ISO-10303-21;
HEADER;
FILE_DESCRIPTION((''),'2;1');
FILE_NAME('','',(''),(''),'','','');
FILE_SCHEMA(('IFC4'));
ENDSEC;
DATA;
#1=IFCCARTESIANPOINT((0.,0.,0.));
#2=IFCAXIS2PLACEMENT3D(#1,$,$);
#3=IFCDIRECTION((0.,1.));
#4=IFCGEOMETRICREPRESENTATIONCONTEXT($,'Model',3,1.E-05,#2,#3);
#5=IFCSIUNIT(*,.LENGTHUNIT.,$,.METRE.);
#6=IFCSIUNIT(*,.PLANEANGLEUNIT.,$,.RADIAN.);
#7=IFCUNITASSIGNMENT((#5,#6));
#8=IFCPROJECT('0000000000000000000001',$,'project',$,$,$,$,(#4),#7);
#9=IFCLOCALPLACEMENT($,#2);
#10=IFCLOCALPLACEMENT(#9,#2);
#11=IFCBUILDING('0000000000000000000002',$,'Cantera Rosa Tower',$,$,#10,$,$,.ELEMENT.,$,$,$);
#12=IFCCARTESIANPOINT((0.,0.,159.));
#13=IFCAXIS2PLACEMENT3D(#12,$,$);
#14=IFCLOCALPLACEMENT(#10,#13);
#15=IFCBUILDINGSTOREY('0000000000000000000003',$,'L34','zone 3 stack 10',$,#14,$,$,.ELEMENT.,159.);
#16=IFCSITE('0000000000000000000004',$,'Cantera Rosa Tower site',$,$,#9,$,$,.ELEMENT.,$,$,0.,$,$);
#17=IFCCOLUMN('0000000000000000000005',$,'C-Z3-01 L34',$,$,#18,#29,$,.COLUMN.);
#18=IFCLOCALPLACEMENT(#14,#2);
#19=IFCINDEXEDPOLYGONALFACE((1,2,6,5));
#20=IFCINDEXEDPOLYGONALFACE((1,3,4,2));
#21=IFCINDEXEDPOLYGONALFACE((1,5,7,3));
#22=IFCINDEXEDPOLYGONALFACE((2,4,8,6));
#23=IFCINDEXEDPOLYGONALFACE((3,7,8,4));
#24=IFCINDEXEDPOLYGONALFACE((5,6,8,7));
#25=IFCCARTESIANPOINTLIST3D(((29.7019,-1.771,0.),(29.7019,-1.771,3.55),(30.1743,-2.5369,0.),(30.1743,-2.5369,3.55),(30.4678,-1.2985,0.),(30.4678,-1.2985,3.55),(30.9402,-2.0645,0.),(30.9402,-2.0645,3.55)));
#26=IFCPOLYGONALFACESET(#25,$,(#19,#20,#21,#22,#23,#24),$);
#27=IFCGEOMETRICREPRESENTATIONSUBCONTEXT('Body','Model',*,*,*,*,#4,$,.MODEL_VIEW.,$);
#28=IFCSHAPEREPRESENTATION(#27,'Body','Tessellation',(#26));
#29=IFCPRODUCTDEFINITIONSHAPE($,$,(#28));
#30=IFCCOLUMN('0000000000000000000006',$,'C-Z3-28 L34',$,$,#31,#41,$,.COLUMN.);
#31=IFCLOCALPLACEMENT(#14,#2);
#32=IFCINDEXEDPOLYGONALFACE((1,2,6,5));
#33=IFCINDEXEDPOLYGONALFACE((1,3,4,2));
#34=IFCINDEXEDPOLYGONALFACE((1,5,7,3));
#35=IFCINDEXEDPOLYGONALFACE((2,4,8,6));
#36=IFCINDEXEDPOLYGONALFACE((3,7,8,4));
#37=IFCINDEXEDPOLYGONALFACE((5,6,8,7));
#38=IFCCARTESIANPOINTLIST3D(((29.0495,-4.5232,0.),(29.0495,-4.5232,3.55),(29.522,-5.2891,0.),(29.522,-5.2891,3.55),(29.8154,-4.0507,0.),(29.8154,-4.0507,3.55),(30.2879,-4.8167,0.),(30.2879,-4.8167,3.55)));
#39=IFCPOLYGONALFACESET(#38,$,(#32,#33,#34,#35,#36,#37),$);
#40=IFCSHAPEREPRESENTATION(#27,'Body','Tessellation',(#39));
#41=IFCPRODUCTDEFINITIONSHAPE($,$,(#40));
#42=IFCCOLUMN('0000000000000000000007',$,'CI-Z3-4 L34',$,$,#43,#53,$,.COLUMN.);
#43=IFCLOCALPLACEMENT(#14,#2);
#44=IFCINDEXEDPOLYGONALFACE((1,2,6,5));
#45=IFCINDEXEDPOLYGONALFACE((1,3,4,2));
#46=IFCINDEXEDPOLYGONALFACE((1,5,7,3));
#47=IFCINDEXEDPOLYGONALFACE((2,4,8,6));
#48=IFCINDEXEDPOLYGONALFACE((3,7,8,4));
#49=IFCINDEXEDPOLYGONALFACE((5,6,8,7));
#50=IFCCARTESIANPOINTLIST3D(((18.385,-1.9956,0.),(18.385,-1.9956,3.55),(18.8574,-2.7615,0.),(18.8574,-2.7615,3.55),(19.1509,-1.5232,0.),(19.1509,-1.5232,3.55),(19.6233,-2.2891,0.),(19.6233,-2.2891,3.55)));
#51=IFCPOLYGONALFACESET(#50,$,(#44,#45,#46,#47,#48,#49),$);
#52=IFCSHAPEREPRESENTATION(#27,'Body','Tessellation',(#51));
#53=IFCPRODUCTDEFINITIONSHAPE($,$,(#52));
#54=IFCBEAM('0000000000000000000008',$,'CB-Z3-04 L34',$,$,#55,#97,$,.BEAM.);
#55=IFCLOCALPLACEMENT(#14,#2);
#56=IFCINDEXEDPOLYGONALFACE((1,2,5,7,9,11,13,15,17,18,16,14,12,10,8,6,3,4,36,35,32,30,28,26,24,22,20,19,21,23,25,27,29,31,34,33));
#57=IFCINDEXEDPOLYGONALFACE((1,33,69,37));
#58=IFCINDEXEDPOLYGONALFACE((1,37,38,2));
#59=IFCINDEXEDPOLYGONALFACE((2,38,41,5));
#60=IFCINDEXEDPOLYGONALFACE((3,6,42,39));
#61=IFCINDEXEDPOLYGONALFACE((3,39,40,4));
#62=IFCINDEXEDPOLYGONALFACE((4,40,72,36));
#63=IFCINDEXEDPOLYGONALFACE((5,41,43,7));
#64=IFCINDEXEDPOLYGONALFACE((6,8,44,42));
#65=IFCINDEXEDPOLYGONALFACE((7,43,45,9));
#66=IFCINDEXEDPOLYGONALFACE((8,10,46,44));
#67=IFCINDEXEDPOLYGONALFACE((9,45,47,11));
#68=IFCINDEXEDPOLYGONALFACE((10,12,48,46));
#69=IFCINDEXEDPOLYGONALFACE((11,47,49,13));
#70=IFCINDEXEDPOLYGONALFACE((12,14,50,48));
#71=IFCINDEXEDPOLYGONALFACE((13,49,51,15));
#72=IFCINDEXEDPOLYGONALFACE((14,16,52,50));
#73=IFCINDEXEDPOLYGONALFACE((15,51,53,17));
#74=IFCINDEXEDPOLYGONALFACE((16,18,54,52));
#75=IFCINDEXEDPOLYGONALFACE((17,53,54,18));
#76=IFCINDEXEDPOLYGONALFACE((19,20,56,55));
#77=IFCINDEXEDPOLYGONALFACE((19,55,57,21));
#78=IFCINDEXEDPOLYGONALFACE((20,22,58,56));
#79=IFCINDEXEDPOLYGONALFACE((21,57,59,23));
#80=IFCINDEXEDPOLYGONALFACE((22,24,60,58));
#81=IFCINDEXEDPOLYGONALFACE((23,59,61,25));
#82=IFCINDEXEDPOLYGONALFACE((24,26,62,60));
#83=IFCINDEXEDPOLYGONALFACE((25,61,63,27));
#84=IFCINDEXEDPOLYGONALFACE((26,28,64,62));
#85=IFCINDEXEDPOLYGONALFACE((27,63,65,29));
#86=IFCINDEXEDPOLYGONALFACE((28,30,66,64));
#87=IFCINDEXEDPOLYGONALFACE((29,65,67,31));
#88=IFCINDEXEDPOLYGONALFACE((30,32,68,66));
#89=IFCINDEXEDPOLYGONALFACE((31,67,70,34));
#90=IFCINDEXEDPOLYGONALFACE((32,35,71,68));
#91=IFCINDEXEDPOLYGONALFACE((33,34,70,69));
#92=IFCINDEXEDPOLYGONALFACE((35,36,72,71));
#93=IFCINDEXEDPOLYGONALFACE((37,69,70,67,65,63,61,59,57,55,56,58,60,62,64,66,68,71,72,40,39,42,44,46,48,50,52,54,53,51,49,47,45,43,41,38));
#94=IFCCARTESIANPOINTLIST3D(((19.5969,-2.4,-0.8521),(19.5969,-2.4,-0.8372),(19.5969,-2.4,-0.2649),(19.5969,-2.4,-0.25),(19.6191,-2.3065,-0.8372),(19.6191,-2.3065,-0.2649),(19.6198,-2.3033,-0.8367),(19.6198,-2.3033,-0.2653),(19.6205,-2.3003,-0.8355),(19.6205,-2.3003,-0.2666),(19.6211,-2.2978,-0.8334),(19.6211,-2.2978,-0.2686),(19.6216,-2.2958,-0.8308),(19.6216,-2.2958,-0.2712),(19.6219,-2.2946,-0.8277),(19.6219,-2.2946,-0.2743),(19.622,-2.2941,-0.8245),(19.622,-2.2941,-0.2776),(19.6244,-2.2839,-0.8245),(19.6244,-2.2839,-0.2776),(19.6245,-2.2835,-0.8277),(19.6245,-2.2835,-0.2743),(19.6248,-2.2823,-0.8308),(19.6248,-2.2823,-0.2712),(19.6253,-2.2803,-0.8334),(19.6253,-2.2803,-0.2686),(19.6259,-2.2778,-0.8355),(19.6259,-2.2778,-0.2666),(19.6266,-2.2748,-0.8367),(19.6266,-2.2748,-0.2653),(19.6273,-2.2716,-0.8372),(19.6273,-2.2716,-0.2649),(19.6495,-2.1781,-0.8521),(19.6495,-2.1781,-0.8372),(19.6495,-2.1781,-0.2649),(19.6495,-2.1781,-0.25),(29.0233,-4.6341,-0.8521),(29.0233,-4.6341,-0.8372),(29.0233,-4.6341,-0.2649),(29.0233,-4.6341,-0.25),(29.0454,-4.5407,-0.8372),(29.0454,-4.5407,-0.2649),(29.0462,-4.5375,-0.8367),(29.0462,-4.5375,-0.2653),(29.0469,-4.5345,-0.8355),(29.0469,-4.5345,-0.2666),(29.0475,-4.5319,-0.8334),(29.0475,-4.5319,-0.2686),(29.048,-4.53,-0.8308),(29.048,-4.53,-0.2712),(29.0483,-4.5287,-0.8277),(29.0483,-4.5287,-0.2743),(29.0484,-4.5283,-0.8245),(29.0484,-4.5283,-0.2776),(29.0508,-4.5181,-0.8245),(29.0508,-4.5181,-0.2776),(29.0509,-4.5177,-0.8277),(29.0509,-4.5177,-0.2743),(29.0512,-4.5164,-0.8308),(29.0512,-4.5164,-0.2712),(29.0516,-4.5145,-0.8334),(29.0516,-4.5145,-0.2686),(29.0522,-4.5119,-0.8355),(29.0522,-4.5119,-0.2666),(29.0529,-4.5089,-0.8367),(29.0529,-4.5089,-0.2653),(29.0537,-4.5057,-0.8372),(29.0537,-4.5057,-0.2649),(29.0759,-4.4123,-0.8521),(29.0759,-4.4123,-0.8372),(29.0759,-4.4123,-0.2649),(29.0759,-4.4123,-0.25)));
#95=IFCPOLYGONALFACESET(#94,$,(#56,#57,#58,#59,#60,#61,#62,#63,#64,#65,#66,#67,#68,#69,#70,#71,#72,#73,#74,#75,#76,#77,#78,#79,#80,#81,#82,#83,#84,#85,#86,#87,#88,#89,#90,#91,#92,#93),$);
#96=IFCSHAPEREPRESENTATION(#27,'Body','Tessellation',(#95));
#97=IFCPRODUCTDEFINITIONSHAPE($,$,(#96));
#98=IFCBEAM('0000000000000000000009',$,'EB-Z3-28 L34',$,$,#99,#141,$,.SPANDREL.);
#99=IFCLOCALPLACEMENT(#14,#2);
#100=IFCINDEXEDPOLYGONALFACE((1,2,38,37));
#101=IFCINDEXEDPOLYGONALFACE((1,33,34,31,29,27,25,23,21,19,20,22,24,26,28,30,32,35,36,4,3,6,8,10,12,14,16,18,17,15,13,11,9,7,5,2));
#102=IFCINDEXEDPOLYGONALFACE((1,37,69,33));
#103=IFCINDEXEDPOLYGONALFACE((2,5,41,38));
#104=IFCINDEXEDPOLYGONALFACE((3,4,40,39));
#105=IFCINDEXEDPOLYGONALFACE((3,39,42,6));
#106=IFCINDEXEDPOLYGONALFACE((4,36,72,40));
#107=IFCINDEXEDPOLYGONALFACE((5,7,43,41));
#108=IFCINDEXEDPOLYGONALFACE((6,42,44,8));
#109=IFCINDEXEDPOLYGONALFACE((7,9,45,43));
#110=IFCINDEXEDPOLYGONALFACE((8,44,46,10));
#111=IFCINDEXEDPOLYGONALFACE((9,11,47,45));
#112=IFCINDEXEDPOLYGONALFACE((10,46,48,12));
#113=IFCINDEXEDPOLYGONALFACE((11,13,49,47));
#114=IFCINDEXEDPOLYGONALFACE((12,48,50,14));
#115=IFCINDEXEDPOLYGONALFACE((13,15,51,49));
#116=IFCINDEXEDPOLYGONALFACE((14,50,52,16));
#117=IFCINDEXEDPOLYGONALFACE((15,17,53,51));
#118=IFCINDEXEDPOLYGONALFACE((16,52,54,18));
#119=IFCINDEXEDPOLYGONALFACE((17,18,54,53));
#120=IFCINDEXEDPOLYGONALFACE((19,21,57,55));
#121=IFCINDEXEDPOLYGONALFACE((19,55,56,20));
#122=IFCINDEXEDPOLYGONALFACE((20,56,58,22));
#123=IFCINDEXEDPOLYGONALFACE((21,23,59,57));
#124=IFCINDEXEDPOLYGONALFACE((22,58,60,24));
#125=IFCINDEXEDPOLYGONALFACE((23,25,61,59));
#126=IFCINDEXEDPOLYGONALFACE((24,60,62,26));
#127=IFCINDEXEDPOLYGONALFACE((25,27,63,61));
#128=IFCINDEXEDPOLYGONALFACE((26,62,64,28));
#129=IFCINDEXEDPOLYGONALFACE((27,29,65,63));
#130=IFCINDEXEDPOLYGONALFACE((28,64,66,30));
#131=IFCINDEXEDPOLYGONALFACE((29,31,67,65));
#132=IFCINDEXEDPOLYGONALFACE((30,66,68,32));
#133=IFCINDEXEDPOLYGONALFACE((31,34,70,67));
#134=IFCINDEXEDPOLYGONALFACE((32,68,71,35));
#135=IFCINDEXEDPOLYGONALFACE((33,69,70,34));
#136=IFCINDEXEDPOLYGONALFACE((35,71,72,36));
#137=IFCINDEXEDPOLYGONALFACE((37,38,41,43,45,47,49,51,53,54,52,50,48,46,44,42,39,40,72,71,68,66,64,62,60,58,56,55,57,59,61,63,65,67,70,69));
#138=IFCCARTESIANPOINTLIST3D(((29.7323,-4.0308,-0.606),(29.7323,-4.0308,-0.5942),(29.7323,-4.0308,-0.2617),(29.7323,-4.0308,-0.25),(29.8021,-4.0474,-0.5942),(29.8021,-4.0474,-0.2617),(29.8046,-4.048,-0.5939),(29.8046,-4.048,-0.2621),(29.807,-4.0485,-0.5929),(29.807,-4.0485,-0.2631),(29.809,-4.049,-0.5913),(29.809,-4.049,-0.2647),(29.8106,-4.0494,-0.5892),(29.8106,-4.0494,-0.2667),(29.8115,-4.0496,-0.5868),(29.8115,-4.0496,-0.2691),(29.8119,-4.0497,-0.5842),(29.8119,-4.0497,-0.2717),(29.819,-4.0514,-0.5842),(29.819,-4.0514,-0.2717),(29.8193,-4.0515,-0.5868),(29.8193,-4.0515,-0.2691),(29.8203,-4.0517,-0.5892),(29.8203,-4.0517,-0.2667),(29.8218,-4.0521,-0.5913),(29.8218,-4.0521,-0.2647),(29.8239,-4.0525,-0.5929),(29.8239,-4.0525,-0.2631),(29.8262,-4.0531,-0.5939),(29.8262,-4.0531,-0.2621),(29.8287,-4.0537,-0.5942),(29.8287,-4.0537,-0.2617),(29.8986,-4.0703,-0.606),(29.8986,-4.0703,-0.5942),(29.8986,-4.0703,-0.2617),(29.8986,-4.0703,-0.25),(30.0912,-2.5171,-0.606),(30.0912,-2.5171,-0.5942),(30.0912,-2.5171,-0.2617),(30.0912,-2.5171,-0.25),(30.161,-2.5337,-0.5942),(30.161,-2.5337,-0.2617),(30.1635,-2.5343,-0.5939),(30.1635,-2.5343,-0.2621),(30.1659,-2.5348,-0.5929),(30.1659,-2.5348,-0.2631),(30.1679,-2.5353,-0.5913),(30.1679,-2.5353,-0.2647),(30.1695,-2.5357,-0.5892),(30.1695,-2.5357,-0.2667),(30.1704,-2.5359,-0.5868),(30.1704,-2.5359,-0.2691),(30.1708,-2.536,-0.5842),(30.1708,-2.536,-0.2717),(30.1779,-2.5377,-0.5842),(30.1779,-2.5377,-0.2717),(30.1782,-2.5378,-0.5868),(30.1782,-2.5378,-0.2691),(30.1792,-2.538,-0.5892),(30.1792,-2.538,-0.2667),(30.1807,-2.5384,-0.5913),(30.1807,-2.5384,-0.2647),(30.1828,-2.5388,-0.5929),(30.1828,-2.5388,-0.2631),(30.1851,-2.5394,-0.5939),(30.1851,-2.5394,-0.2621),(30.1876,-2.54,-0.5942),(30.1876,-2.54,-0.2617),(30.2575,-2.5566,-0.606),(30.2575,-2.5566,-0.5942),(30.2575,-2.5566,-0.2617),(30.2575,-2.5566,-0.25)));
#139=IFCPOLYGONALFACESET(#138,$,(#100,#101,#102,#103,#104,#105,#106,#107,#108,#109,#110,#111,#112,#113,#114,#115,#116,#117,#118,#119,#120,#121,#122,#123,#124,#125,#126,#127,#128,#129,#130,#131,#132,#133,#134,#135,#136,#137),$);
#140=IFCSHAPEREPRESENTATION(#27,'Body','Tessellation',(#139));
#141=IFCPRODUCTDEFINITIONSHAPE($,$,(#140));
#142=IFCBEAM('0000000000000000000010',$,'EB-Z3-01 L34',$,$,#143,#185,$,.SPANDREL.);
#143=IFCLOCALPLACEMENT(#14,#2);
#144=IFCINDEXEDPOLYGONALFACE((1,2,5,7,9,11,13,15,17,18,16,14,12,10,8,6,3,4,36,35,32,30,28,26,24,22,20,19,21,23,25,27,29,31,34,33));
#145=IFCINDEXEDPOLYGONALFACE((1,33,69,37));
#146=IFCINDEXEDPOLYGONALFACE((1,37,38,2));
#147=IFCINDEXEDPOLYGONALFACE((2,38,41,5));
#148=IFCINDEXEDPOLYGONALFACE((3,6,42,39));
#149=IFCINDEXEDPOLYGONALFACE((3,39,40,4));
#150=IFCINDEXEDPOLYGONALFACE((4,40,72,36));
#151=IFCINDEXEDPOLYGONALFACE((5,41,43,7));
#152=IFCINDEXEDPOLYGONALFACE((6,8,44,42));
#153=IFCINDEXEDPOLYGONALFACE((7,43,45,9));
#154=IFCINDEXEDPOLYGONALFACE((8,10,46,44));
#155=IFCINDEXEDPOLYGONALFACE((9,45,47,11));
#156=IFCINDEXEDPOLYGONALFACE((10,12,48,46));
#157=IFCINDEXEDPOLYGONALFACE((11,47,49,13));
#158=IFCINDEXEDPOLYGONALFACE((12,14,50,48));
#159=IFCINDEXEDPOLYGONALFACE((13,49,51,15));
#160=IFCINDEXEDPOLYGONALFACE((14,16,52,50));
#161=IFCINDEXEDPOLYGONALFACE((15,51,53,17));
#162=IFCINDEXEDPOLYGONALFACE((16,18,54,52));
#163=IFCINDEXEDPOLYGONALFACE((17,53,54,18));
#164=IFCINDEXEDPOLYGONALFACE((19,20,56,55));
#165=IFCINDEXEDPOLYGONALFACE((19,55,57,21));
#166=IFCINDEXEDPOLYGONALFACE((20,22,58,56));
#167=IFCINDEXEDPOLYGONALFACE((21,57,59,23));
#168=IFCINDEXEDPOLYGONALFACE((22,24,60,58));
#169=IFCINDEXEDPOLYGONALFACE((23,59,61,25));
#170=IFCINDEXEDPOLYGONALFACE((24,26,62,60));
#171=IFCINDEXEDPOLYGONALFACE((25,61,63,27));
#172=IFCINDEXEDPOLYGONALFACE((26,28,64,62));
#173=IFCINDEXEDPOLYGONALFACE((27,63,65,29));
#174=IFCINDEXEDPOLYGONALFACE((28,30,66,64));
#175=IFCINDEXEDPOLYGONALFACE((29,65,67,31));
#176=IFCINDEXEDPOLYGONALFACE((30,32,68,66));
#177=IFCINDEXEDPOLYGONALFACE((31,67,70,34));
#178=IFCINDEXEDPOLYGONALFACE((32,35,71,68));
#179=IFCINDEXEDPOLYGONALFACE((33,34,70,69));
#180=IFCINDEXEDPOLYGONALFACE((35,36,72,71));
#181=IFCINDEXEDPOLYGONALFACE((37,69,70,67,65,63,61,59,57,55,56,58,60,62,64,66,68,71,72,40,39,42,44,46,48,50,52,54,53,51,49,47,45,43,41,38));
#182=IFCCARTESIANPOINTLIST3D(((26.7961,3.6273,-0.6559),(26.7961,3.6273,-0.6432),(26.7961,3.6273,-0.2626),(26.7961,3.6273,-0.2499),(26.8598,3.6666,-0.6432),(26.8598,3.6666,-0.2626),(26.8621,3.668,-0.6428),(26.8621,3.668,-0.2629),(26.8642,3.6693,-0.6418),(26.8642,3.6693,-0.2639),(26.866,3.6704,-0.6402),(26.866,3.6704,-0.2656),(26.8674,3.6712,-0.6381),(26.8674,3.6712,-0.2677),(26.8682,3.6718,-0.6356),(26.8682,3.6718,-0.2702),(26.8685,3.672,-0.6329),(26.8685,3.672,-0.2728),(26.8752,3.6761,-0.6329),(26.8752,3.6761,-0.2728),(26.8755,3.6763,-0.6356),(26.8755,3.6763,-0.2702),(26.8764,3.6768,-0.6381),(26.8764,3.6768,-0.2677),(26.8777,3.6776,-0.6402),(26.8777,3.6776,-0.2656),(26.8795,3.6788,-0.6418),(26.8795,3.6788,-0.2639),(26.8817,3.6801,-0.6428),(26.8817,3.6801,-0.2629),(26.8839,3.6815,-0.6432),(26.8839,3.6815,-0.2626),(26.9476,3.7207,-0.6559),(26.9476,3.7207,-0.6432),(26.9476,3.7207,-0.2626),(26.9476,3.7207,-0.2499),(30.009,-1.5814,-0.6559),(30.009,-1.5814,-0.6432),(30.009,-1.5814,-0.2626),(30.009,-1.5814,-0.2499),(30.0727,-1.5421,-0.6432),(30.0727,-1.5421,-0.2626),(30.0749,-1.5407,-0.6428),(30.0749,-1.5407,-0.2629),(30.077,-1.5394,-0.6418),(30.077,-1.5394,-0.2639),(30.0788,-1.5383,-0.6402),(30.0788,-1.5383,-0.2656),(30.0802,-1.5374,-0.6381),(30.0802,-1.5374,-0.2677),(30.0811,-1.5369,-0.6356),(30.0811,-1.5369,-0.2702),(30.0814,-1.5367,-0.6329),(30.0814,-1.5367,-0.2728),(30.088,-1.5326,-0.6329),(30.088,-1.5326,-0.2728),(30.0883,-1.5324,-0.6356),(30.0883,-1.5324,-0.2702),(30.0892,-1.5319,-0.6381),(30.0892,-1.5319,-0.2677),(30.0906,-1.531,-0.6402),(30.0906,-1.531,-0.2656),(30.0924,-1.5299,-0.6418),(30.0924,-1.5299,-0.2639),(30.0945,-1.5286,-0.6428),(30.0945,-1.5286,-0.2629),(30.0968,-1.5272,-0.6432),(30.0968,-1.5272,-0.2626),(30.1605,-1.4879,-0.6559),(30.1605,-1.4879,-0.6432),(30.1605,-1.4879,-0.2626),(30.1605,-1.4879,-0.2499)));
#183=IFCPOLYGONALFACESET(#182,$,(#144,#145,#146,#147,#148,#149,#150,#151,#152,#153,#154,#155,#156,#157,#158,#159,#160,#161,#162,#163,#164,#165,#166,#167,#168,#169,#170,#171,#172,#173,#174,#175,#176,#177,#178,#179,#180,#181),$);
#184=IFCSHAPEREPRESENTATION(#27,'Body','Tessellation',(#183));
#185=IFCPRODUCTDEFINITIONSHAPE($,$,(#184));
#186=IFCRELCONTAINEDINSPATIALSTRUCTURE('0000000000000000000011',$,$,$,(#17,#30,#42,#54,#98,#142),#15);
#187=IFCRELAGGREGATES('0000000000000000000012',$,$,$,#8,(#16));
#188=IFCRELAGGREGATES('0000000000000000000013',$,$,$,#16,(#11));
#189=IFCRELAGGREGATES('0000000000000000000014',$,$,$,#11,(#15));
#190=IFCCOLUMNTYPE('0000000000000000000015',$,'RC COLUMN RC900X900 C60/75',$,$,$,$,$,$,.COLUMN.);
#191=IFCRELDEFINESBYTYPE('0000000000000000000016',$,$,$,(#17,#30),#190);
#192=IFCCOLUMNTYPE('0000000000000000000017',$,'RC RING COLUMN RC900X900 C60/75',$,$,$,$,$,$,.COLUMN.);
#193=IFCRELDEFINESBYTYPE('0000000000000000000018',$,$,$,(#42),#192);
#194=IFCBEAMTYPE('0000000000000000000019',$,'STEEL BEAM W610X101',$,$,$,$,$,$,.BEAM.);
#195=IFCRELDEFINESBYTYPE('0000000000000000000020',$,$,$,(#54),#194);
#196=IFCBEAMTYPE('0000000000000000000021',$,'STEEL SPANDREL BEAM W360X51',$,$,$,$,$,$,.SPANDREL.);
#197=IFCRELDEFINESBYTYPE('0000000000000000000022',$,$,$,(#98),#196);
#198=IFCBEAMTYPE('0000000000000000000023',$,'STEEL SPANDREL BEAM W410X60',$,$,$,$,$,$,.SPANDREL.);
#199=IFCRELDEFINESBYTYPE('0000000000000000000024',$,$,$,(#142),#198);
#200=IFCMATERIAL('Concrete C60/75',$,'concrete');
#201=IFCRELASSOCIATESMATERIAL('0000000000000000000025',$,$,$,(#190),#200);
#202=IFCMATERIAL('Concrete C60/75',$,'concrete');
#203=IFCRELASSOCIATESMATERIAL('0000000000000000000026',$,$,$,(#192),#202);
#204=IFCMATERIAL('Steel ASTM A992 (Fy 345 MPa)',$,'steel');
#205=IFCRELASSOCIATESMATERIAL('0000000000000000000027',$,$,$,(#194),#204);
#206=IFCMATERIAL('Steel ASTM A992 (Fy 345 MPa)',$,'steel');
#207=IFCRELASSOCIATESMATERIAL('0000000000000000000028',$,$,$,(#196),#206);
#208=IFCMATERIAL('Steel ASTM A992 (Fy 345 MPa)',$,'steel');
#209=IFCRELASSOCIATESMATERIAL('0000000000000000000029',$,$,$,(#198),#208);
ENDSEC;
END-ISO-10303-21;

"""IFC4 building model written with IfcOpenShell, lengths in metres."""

from ifc_helpers import new_model, si_unit, direction, frame, origin, origin_2d, place, context, subcontext, project, spatial, rectangle, i_section, extrude, material, material_profile, profile_set, type_object, element, save


model = new_model("IFC4")

# Units and contexts
model_context = context("Model", 3, precision=1e-05, world=origin(), true_north=direction((0.0, 1.0)))
body_context = subcontext(model_context, "Body", "Model", "MODEL_VIEW")
ifc_project = project(units=[si_unit("LENGTHUNIT", "METRE"), si_unit("PLANEANGLEUNIT", "RADIAN")], contexts=[model_context])

# Site, building, storey
site_placement = place(None, origin())
site = spatial("IfcSite", under=ifc_project, at=site_placement, Name="Cantera Rosa Tower site", CompositionType="ELEMENT", RefElevation=0.0)
building_placement = place(site_placement, origin())
building = spatial("IfcBuilding", under=site, at=building_placement, Name="Cantera Rosa Tower", CompositionType="ELEMENT")
storey_placement = place(building_placement, frame((0.0, 0.0, 159.0)))
storey = spatial("IfcBuildingStorey", under=building, at=storey_placement, Name="L34", Description="zone 3 stack 10", CompositionType="ELEMENT", Elevation=159.0)

# Columns
ifc_material_1 = material(Name="Concrete C60/75", Category="concrete")
ifc_material_profile_1 = material_profile(ifc_material_1, rectangle(XDim=0.8999, YDim=0.8999, at=origin_2d()), Name="RC COLUMN RC900X900 C60/75")
ifc_profile_set_1 = profile_set([ifc_material_profile_1], Name="Concrete C60/75")
column_type_1 = type_object("IfcColumnType", Name="RC COLUMN RC900X900 C60/75", PredefinedType="COLUMN", material=ifc_profile_set_1)
for number, where, z_axis, x_axis, name in (
    (1, (30.321, -1.9177, 0.0), (0.0, 0.0, 1.0), (0.851117, 0.524977, 0.0), "C-Z3-01 L34"),
    (2, (29.6687, -4.6699, 0.0), (0.0, 0.0, 1.0), (0.851117, 0.524977, 0.0), "C-Z3-28 L34"),
):
    element("IfcColumn", number, at=place(storey_placement, frame(where, z_axis=z_axis, x_axis=x_axis)), inside=storey, type_object=column_type_1, Name=name, PredefinedType="COLUMN", context=body_context, shape_type="SweptSolid", body=[
        extrude(rectangle(XDim=0.8999, YDim=0.8999, at=origin_2d()), origin(), (0.0, 0.0, 1.0), 3.55),
    ])
ifc_material_2 = material(Name="Concrete C60/75", Category="concrete")
ifc_material_profile_2 = material_profile(ifc_material_2, rectangle(XDim=0.8999, YDim=0.8999, at=origin_2d()), Name="RC RING COLUMN RC900X900 C60/75")
ifc_profile_set_2 = profile_set([ifc_material_profile_2], Name="Concrete C60/75")
column_type_2 = type_object("IfcColumnType", Name="RC RING COLUMN RC900X900 C60/75", PredefinedType="COLUMN", material=ifc_profile_set_2)
column_placement = place(storey_placement, frame((19.0042, -2.1423, 0.0), z_axis=(0.0, 0.0, 1.0), x_axis=(0.851117, 0.524977, 0.0)))
element("IfcColumn", 3, at=column_placement, inside=storey, type_object=column_type_2, Name="CI-Z3-4 L34", PredefinedType="COLUMN", context=body_context, shape_type="SweptSolid", body=[
    extrude(rectangle(XDim=0.8999, YDim=0.8999, at=origin_2d()), origin(), (0.0, 0.0, 1.0), 3.55),
])

# Beams
ifc_material_3 = material(Name="Steel ASTM A992 (Fy 345 MPa)", Category="steel")
ifc_material_profile_3 = material_profile(ifc_material_3, i_section(OverallWidth=0.228, OverallDepth=0.6021, WebThickness=0.0105, FlangeThickness=0.0149, FilletRadius=0.0127, at=origin_2d()), Name="W610X101")
ifc_profile_set_3 = profile_set([ifc_material_profile_3], Name="Steel ASTM A992 (Fy 345 MPa)")
beam_type_1 = type_object("IfcBeamType", Name="STEEL BEAM W610X101", PredefinedType="BEAM", material=ifc_profile_set_3)
beam_1_placement = place(storey_placement, frame((29.0496, -4.5232, -0.551), z_axis=(-0.973043, 0.230622, 0.0), x_axis=(-0.230622, -0.973043, 0.0)))
element("IfcBeam", 4, at=beam_1_placement, inside=storey, type_object=beam_type_1, Name="CB-Z3-04 L34", PredefinedType="BEAM", context=body_context, shape_type="SweptSolid", body=[
    extrude(i_section(OverallWidth=0.228, OverallDepth=0.6021, WebThickness=0.0105, FlangeThickness=0.0149, FilletRadius=0.0127, at=origin_2d()), origin(), (0.0, 0.0, 1.0), 9.6875),
])
ifc_material_4 = material(Name="Steel ASTM A992 (Fy 345 MPa)", Category="steel")
ifc_material_profile_4 = material_profile(ifc_material_4, i_section(OverallWidth=0.1709, OverallDepth=0.356, WebThickness=0.0073, FlangeThickness=0.0117, FilletRadius=0.01, at=origin_2d()), Name="W360X51")
ifc_profile_set_4 = profile_set([ifc_material_profile_4], Name="Steel ASTM A992 (Fy 345 MPa)")
beam_type_2 = type_object("IfcBeamType", Name="STEEL SPANDREL BEAM W360X51", PredefinedType="SPANDREL", material=ifc_profile_set_4)
beam_2_placement = place(storey_placement, frame((29.8154, -4.0505, -0.428), z_axis=(0.230701, 0.973025, 0.0), x_axis=(-0.973025, 0.230701, 0.0)))
element("IfcBeam", 5, at=beam_2_placement, inside=storey, type_object=beam_type_2, Name="EB-Z3-28 L34", PredefinedType="SPANDREL", context=body_context, shape_type="SweptSolid", body=[
    extrude(i_section(OverallWidth=0.1709, OverallDepth=0.356, WebThickness=0.0073, FlangeThickness=0.0117, FilletRadius=0.01, at=origin_2d()), origin(), (0.0, 0.0, 1.0), 1.5557),
])
ifc_material_5 = material(Name="Steel ASTM A992 (Fy 345 MPa)", Category="steel")
ifc_material_profile_5 = material_profile(ifc_material_5, i_section(OverallWidth=0.178, OverallDepth=0.406, WebThickness=0.0078, FlangeThickness=0.0127, FilletRadius=0.0103, at=origin_2d()), Name="W410X60")
ifc_profile_set_5 = profile_set([ifc_material_profile_5], Name="Steel ASTM A992 (Fy 345 MPa)")
beam_type_3 = type_object("IfcBeamType", Name="STEEL SPANDREL BEAM W410X60", PredefinedType="SPANDREL", material=ifc_profile_set_5)
beam_3_placement = place(storey_placement, frame((30.0847, -1.5347, -0.4529), z_axis=(-0.524987, 0.85111, 0.0), x_axis=(-0.85111, -0.524987, 0.0)))
element("IfcBeam", 6, at=beam_3_placement, inside=storey, type_object=beam_type_3, Name="EB-Z3-01 L34", PredefinedType="SPANDREL", context=body_context, shape_type="SweptSolid", body=[
    extrude(i_section(OverallWidth=0.178, OverallDepth=0.406, WebThickness=0.0078, FlangeThickness=0.0127, FilletRadius=0.0103, at=origin_2d()), origin(), (0.0, 0.0, 1.0), 6.1199),
])

save(model, "model.ifc")
